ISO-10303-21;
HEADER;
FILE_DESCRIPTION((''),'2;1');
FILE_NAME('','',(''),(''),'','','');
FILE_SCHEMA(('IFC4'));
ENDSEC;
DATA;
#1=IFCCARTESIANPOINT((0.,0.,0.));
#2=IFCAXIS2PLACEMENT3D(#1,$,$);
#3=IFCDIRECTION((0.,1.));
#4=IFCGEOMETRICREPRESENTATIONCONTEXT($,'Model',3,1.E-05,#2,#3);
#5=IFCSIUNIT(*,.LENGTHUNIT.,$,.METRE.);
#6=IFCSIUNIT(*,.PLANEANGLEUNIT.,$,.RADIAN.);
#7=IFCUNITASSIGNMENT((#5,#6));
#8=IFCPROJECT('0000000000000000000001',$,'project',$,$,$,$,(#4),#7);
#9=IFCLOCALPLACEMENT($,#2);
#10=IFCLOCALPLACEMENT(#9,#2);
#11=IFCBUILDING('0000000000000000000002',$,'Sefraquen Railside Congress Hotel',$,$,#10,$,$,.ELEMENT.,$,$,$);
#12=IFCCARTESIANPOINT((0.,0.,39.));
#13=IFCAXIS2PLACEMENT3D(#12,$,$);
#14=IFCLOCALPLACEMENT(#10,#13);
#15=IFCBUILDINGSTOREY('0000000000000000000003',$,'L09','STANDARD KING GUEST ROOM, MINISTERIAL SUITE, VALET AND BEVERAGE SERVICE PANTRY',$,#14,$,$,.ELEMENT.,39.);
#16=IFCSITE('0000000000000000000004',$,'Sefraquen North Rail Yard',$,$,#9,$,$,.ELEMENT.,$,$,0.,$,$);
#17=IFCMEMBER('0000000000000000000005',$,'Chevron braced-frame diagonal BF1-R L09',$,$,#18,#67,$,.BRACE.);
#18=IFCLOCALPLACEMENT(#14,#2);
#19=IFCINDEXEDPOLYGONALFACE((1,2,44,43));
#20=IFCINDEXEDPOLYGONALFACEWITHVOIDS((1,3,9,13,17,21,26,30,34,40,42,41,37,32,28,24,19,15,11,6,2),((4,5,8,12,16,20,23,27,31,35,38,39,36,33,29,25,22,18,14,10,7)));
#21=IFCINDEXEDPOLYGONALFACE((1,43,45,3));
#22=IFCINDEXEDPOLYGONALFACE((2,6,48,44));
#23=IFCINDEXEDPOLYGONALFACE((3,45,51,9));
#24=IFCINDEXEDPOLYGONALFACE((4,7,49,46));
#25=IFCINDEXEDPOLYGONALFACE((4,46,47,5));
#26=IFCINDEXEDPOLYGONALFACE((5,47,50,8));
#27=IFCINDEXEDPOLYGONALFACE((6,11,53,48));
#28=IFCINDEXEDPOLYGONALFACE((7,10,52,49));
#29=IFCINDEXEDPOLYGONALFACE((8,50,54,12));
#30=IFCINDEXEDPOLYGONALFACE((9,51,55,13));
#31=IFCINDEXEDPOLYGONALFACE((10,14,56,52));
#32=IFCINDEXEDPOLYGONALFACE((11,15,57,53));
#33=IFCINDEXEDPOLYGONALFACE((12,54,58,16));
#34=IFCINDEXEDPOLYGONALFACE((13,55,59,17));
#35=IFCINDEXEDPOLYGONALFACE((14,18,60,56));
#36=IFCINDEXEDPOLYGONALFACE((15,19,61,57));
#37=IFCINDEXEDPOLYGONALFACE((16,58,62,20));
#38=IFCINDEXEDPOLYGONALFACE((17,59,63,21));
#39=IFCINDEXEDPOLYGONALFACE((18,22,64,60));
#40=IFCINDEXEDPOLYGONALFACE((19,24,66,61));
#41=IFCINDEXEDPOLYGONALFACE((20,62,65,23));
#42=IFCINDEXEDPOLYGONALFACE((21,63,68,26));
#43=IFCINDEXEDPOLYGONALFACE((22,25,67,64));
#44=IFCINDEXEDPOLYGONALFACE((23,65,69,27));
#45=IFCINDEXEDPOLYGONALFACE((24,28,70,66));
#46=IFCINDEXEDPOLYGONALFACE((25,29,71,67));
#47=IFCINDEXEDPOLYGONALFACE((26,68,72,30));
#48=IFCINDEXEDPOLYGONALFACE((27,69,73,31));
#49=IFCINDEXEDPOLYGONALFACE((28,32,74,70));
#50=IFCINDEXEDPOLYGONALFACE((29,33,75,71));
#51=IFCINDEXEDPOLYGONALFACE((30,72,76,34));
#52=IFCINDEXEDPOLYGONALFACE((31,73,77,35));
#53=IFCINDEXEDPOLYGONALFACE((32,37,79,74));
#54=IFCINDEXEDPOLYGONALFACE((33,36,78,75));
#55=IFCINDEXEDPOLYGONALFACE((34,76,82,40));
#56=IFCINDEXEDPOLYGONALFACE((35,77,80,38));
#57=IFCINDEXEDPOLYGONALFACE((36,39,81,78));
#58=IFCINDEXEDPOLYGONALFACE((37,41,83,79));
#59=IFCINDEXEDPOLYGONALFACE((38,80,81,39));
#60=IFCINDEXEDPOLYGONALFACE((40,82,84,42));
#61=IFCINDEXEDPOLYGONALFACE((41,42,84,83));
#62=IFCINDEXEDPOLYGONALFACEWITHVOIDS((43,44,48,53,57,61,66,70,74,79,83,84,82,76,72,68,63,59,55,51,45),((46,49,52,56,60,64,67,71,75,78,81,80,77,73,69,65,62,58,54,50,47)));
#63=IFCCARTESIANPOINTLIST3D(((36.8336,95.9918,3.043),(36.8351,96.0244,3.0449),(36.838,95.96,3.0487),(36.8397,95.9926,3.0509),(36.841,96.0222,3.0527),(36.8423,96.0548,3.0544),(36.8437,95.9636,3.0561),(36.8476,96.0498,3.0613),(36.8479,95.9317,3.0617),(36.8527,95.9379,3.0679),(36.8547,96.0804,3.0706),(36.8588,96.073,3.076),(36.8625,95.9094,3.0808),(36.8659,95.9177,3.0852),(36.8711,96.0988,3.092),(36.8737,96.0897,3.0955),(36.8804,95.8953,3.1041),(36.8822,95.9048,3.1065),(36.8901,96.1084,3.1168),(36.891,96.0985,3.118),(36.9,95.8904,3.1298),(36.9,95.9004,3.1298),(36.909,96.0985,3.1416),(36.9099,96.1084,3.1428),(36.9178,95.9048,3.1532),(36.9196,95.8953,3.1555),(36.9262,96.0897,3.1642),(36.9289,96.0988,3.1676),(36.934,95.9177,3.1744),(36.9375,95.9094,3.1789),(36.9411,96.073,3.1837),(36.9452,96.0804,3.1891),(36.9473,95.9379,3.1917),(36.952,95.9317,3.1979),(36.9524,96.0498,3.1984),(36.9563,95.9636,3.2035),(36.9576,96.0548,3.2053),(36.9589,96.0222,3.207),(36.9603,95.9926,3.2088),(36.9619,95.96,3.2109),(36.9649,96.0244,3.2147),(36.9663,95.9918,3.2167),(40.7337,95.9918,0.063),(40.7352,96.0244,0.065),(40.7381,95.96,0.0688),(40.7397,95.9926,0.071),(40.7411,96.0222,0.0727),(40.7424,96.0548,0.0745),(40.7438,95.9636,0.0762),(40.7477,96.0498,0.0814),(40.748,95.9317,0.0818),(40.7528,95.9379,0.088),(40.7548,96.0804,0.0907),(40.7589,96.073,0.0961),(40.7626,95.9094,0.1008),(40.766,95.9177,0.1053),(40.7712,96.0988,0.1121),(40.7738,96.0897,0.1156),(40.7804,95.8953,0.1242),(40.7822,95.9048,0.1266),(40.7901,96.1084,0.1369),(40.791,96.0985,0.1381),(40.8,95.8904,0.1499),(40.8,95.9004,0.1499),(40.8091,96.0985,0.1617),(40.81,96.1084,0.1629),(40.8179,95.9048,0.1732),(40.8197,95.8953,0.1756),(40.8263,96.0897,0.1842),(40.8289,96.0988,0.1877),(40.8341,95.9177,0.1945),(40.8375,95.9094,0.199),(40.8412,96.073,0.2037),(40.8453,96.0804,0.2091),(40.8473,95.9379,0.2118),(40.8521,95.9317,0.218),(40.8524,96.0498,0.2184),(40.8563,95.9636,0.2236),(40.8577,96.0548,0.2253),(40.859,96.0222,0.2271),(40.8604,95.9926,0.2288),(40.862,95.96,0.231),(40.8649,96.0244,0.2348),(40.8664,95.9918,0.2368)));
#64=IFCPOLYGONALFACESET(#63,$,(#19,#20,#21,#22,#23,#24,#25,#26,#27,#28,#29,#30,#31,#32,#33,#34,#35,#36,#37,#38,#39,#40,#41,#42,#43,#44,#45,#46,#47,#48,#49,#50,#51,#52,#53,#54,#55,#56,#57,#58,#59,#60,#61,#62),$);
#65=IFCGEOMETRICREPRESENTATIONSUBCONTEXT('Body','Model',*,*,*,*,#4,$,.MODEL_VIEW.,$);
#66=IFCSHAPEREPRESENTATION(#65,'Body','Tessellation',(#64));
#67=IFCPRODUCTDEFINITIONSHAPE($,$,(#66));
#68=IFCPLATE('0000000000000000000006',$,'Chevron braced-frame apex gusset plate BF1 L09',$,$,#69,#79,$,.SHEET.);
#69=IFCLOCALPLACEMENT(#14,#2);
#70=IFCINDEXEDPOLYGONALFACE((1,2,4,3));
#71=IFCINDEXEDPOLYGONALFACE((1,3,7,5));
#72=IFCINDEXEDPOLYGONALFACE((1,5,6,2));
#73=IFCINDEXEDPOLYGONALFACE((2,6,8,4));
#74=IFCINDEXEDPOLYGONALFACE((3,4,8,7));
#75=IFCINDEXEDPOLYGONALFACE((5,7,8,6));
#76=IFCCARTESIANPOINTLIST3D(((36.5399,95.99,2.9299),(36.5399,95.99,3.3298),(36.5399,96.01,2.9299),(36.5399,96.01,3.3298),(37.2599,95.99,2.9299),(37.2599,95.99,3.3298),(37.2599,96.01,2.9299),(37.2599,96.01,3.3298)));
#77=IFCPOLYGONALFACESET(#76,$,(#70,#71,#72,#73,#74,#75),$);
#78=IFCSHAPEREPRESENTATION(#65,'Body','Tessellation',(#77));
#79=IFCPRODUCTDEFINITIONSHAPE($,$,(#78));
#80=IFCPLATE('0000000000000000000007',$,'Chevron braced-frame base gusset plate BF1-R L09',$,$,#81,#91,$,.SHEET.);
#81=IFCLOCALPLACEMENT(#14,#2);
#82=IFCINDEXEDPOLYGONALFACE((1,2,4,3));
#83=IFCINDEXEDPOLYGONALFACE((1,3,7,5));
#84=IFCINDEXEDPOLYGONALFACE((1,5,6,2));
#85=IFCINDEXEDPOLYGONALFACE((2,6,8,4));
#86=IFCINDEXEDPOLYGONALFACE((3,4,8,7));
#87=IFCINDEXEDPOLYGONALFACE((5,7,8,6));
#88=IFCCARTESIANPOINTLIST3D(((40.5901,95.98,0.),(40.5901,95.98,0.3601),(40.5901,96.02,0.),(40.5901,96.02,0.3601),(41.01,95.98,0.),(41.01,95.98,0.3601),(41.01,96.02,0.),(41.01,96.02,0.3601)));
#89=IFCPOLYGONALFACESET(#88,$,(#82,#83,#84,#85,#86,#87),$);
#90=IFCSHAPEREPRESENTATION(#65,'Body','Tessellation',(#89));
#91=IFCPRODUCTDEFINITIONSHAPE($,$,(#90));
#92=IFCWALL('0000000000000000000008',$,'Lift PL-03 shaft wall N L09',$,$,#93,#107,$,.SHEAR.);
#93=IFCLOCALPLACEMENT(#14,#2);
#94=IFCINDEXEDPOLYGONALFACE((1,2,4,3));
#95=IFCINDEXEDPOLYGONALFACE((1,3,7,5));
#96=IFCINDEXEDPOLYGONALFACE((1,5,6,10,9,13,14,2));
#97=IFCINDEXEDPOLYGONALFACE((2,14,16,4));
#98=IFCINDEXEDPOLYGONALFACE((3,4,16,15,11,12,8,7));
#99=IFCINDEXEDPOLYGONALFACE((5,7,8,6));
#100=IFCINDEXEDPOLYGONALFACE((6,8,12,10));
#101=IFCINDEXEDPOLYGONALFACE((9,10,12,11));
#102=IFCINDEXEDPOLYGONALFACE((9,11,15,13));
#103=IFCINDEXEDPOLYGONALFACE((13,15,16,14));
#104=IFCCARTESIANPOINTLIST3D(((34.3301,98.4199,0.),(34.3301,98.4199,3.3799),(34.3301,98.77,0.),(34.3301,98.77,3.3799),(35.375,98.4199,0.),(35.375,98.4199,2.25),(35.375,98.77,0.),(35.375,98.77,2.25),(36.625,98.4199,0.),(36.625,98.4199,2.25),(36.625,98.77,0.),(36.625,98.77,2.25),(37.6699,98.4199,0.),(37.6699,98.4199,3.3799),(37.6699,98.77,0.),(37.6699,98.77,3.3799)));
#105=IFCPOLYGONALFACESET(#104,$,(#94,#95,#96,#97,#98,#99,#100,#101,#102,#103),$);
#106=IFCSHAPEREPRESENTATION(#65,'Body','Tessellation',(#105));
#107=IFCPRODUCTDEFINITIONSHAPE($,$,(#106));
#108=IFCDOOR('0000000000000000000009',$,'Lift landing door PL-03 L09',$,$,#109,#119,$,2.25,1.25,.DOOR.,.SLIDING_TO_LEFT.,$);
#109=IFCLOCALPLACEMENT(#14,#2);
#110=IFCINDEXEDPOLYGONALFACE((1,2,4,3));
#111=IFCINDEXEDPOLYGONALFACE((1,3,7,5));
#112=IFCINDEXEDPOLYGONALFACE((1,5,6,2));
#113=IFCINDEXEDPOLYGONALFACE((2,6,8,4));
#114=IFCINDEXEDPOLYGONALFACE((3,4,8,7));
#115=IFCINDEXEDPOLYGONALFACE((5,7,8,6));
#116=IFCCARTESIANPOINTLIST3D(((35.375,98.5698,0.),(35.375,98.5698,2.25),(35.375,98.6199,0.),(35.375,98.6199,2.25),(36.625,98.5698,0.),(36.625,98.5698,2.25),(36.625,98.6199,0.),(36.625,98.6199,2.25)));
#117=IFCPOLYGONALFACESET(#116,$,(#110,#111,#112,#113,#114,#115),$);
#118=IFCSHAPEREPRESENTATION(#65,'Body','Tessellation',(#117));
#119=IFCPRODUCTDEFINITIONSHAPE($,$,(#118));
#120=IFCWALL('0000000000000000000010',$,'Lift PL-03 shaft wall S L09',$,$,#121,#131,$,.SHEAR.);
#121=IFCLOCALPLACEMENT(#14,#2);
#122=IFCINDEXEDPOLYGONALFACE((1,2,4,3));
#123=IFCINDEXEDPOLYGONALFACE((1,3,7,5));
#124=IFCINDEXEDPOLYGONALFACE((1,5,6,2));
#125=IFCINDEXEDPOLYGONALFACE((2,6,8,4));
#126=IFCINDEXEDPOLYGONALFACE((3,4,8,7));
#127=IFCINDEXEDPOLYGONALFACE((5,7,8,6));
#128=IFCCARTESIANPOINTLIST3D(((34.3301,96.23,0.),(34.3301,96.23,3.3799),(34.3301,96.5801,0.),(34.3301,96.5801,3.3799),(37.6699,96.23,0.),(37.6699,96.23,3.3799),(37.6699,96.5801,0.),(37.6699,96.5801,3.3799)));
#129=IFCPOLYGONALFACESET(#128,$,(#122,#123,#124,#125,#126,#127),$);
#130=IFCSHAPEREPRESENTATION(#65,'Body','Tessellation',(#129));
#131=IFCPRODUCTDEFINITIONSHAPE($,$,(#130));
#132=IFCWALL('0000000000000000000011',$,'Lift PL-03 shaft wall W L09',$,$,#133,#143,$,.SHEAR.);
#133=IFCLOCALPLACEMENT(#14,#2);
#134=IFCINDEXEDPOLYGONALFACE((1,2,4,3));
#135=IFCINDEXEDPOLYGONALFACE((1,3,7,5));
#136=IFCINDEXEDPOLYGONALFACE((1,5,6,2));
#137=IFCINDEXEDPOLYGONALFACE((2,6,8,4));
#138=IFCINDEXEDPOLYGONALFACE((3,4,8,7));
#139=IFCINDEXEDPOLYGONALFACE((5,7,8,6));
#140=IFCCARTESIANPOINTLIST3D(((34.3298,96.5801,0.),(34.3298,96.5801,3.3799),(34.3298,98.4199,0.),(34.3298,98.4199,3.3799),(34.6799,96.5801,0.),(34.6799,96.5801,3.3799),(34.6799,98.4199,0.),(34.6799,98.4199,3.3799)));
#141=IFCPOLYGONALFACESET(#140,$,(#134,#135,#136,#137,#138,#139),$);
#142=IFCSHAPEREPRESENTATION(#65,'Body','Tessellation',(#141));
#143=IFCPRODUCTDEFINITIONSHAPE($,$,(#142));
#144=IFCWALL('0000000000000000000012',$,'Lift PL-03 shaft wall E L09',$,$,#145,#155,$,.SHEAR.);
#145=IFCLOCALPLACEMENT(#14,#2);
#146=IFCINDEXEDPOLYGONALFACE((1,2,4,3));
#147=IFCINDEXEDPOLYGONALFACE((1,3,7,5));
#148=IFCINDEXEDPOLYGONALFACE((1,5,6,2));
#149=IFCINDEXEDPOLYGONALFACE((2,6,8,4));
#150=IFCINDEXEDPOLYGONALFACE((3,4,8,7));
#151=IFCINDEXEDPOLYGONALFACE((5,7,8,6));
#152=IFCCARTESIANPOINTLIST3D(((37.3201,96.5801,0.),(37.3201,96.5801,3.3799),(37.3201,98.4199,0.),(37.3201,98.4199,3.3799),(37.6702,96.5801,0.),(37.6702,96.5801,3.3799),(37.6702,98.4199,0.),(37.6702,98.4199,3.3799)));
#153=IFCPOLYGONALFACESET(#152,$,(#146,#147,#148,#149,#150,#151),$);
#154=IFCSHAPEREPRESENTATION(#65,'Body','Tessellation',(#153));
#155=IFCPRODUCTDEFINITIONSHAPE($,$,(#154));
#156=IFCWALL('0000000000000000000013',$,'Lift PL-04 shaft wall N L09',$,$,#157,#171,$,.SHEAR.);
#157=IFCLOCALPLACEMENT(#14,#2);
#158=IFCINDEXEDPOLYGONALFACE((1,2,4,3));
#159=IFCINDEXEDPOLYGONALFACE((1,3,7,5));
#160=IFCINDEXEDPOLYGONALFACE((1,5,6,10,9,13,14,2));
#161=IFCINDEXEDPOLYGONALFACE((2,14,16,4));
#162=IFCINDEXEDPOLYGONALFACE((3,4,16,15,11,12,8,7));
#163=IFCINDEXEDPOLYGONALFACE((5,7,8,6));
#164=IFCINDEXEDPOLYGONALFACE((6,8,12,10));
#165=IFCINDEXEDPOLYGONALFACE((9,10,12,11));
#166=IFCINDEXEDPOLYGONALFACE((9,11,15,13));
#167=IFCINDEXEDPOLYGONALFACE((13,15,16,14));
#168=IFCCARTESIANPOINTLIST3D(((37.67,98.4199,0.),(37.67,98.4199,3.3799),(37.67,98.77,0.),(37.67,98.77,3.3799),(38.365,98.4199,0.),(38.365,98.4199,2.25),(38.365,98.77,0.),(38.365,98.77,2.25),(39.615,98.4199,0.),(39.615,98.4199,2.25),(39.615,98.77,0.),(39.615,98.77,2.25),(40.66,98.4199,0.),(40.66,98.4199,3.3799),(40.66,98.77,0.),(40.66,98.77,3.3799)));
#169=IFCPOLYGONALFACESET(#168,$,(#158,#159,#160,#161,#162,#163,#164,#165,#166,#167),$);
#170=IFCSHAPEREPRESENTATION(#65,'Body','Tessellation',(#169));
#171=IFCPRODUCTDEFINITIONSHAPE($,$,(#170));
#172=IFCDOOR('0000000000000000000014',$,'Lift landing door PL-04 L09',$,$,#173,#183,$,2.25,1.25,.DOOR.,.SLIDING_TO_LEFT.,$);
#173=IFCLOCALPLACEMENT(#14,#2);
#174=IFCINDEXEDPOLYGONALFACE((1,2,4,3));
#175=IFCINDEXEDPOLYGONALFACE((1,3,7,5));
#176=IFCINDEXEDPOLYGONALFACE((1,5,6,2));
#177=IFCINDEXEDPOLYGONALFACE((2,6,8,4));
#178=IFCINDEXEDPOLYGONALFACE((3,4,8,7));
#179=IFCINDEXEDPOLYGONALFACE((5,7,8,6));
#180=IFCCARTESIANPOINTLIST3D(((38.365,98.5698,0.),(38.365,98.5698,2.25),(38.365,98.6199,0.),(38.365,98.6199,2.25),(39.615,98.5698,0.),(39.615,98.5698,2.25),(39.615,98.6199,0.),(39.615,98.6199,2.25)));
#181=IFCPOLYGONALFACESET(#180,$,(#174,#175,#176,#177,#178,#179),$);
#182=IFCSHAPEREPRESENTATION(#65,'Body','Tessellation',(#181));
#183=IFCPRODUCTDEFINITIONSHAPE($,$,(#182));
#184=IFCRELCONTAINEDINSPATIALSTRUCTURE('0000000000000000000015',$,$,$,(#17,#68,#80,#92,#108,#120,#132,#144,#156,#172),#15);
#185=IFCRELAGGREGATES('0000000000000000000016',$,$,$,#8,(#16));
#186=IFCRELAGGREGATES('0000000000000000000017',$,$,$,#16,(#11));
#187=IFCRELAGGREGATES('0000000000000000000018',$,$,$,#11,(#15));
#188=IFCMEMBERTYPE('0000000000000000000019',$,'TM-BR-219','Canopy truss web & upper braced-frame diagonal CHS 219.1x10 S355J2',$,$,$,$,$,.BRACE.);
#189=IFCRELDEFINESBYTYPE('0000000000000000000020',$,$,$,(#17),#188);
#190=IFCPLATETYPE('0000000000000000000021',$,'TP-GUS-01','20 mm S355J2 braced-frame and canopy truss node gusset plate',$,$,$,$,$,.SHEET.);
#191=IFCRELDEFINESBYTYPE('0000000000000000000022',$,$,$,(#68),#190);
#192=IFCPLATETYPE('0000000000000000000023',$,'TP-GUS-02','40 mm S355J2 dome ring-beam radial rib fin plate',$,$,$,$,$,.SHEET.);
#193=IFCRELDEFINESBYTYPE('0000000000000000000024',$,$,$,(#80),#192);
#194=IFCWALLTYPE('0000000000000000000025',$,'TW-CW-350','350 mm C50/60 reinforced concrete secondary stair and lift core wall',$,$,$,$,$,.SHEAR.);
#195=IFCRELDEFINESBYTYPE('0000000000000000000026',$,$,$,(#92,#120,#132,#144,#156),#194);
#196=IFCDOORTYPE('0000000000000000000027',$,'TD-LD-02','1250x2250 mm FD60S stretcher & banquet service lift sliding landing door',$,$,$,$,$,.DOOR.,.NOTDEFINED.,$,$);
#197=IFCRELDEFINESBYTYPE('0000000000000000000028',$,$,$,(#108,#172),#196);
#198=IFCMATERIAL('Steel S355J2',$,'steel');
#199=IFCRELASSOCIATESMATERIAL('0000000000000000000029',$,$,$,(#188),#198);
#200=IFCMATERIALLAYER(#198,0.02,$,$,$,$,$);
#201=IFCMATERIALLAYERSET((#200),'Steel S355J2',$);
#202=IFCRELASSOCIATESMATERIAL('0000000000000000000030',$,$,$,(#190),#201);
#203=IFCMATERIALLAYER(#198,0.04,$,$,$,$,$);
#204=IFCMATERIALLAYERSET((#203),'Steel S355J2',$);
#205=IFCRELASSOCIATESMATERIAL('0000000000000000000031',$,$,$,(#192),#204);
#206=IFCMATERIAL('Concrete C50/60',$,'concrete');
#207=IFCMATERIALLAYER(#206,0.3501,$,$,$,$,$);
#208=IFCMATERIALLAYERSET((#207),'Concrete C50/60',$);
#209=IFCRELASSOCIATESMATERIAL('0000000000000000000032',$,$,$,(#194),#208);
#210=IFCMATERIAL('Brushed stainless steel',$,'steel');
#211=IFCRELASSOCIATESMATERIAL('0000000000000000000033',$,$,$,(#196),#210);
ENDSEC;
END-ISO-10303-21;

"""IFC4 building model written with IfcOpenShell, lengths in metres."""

from ifc_helpers import new_model, si_unit, direction, frame, frame_2d, origin, origin_2d, place, context, subcontext, project, spatial, rectangle, hollow_circle, extrude, material, layer, layer_set, material_profile, profile_set, type_object, element, fill, save


model = new_model("IFC4")

# Units and contexts
model_context = context("Model", 3, precision=1e-05, world=origin(), true_north=direction((0.0, 1.0)))
body_context = subcontext(model_context, "Body", "Model", "MODEL_VIEW")
ifc_project = project(units=[si_unit("LENGTHUNIT", "METRE"), si_unit("PLANEANGLEUNIT", "RADIAN")], contexts=[model_context])

# Site, building, storey
site_placement = place(None, origin())
site = spatial("IfcSite", under=ifc_project, at=site_placement, Name="Sefraquen North Rail Yard", CompositionType="ELEMENT", RefElevation=0.0)
building_placement = place(site_placement, origin())
building = spatial("IfcBuilding", under=site, at=building_placement, Name="Sefraquen Railside Congress Hotel", CompositionType="ELEMENT")
storey_placement = place(building_placement, frame((0.0, 0.0, 39.0)))
storey = spatial("IfcBuildingStorey", under=building, at=storey_placement, Name="L09", Description="STANDARD KING GUEST ROOM, MINISTERIAL SUITE, VALET AND BEVERAGE SERVICE PANTRY", CompositionType="ELEMENT", Elevation=39.0)

# Member
ifc_material_1 = material(Name="Steel S355J2", Category="steel")
ifc_material_profile_1 = material_profile(ifc_material_1, hollow_circle(Radius=0.1096, WallThickness=0.01, at=origin_2d()), Name="CHS 219.1x10")
ifc_profile_set_1 = profile_set([ifc_material_profile_1], Name="Steel S355J2")
member_type = type_object("IfcMemberType", Name="TM-BR-219", Description="Canopy truss web & upper braced-frame diagonal CHS 219.1x10 S355J2", PredefinedType="BRACE", material=ifc_profile_set_1)
member_placement = place(storey_placement, frame((40.8, 96.0, 0.1499), z_axis=(-0.794602, 0.0, 0.607131), x_axis=(0.0, -1.0, 0.0)))
element("IfcMember", 1, at=member_placement, inside=storey, type_object=member_type, Name="Chevron braced-frame diagonal BF1-R L09", PredefinedType="BRACE", context=body_context, shape_type="SweptSolid", body=[
    extrude(hollow_circle(Radius=0.1096, WallThickness=0.01, at=origin_2d()), origin(), (0.0, 0.0, 1.0), 4.9082),
])

# Plates
ifc_layer_1 = layer(ifc_material_1, 0.02)
ifc_layer_set_1 = layer_set([ifc_layer_1], Name="Steel S355J2")
plate_type_1 = type_object("IfcPlateType", Name="TP-GUS-01", Description="20 mm S355J2 braced-frame and canopy truss node gusset plate", PredefinedType="SHEET", material=ifc_layer_set_1)
plate_1_placement = place(storey_placement, frame((36.8999, 96.0, 2.9299), z_axis=(0.0, 0.0, 1.0), x_axis=(1.0, 0.0, 0.0)))
element("IfcPlate", 2, at=plate_1_placement, inside=storey, type_object=plate_type_1, Name="Chevron braced-frame apex gusset plate BF1 L09", PredefinedType="SHEET", context=body_context, shape_type="SweptSolid", body=[
    extrude(rectangle(XDim=0.72, YDim=0.02, at=origin_2d()), origin(), (0.0, 0.0, 1.0), 0.3999),
])
ifc_layer_2 = layer(ifc_material_1, 0.04)
ifc_layer_set_2 = layer_set([ifc_layer_2], Name="Steel S355J2")
plate_type_2 = type_object("IfcPlateType", Name="TP-GUS-02", Description="40 mm S355J2 dome ring-beam radial rib fin plate", PredefinedType="SHEET", material=ifc_layer_set_2)
plate_2_placement = place(storey_placement, frame((40.8, 96.0, 0.0), z_axis=(0.0, 0.0, 1.0), x_axis=(1.0, 0.0, 0.0)))
element("IfcPlate", 3, at=plate_2_placement, inside=storey, type_object=plate_type_2, Name="Chevron braced-frame base gusset plate BF1-R L09", PredefinedType="SHEET", context=body_context, shape_type="SweptSolid", body=[
    extrude(rectangle(XDim=0.4199, YDim=0.04, at=origin_2d()), origin(), (0.0, 0.0, 1.0), 0.3601),
])

# Wall, opening, door
ifc_material_2 = material(Name="Concrete C50/60", Category="concrete")
ifc_layer_3 = layer(ifc_material_2, 0.3501)
ifc_layer_set_3 = layer_set([ifc_layer_3], Name="Concrete C50/60")
wall_type_1 = type_object("IfcWallType", Name="TW-CW-350", Description="350 mm C50/60 reinforced concrete secondary stair and lift core wall", PredefinedType="SHEAR", material=ifc_layer_set_3)
wall_1_placement = place(storey_placement, frame((34.3301, 98.595, 0.0), z_axis=(0.0, 0.0, 1.0), x_axis=(1.0, 0.0, 0.0)))
wall_1 = element("IfcWall", 4, at=wall_1_placement, inside=storey, type_object=wall_type_1, Name="Lift PL-03 shaft wall N L09", PredefinedType="SHEAR", context=body_context, shape_type="SweptSolid", body=[
    extrude(rectangle(XDim=3.3398, YDim=0.3501, at=frame_2d((1.6699, 0.0))), origin(), (0.0, 0.0, 1.0), 3.3799),
])
opening_1_placement = place(wall_1_placement, frame((1.0449, 0.0, 0.0)))
opening_1 = element("IfcOpeningElement", 5, at=opening_1_placement, cuts=wall_1, PredefinedType="OPENING", context=body_context, shape_type="SweptSolid", body=[
    extrude(rectangle(XDim=1.25, YDim=2.25, at=frame_2d((0.625, 1.125))), frame((0.0, 0.1851, 0.0), z_axis=(0.0, -1.0, 0.0), x_axis=(1.0, 0.0, 0.0)), (0.0, 0.0, 1.0), 0.3701),
])
ifc_material_3 = material(Name="Brushed stainless steel", Category="steel")
door_type = type_object("IfcDoorType", Name="TD-LD-02", Description="1250x2250 mm FD60S stretcher & banquet service lift sliding landing door", OperationType="NOTDEFINED", PredefinedType="DOOR", material=ifc_material_3)
door_1_placement = place(opening_1_placement, origin())
door_1 = element("IfcDoor", 6, at=door_1_placement, inside=storey, type_object=door_type, Name="Lift landing door PL-03 L09", OperationType="SLIDING_TO_LEFT", OverallHeight=2.25, OverallWidth=1.25, PredefinedType="DOOR", context=body_context, shape_type="SweptSolid", body=[
    extrude(rectangle(XDim=1.25, YDim=2.25, at=frame_2d((0.625, 1.125))), frame((0.0, 0.0249, 0.0), z_axis=(0.0, -1.0, 0.0), x_axis=(1.0, 0.0, 0.0)), (0.0, 0.0, 1.0), 0.05),
])
fill(opening_1, door_1)

# Walls
wall_2_placement = place(storey_placement, frame((34.3301, 96.405, 0.0), z_axis=(0.0, 0.0, 1.0), x_axis=(1.0, 0.0, 0.0)))
element("IfcWall", 7, at=wall_2_placement, inside=storey, type_object=wall_type_1, Name="Lift PL-03 shaft wall S L09", PredefinedType="SHEAR", context=body_context, shape_type="SweptSolid", body=[
    extrude(rectangle(XDim=3.3398, YDim=0.3501, at=frame_2d((1.6699, 0.0))), origin(), (0.0, 0.0, 1.0), 3.3799),
])
for number, where, z_axis, x_axis, name in (
    (8, (34.5049, 96.5801, 0.0), (0.0, 0.0, 1.0), (0.0, 1.0, 0.0), "Lift PL-03 shaft wall W L09"),
    (9, (37.4951, 96.5801, 0.0), (0.0, 0.0, 1.0), (0.0, 1.0, 0.0), "Lift PL-03 shaft wall E L09"),
):
    element("IfcWall", number, at=place(storey_placement, frame(where, z_axis=z_axis, x_axis=x_axis)), inside=storey, type_object=wall_type_1, Name=name, PredefinedType="SHEAR", context=body_context, shape_type="SweptSolid", body=[
        extrude(rectangle(XDim=1.8398, YDim=0.3501, at=frame_2d((0.9199, 0.0))), origin(), (0.0, 0.0, 1.0), 3.3799),
    ])

# Wall, opening, door
wall_3_placement = place(storey_placement, frame((37.6699, 98.595, 0.0), z_axis=(0.0, 0.0, 1.0), x_axis=(1.0, 0.0, 0.0)))
wall_3 = element("IfcWall", 10, at=wall_3_placement, inside=storey, type_object=wall_type_1, Name="Lift PL-04 shaft wall N L09", PredefinedType="SHEAR", context=body_context, shape_type="SweptSolid", body=[
    extrude(rectangle(XDim=2.99, YDim=0.3501, at=frame_2d((1.4951, 0.0))), origin(), (0.0, 0.0, 1.0), 3.3799),
])
opening_2_placement = place(wall_3_placement, frame((0.6951, 0.0, 0.0)))
opening_2 = element("IfcOpeningElement", 11, at=opening_2_placement, cuts=wall_3, PredefinedType="OPENING", context=body_context, shape_type="SweptSolid", body=[
    extrude(rectangle(XDim=1.25, YDim=2.25, at=frame_2d((0.625, 1.125))), frame((0.0, 0.1851, 0.0), z_axis=(0.0, -1.0, 0.0), x_axis=(1.0, 0.0, 0.0)), (0.0, 0.0, 1.0), 0.3701),
])
door_2_placement = place(opening_2_placement, origin())
door_2 = element("IfcDoor", 12, at=door_2_placement, inside=storey, type_object=door_type, Name="Lift landing door PL-04 L09", OperationType="SLIDING_TO_LEFT", OverallHeight=2.25, OverallWidth=1.25, PredefinedType="DOOR", context=body_context, shape_type="SweptSolid", body=[
    extrude(rectangle(XDim=1.25, YDim=2.25, at=frame_2d((0.625, 1.125))), frame((0.0, 0.0249, 0.0), z_axis=(0.0, -1.0, 0.0), x_axis=(1.0, 0.0, 0.0)), (0.0, 0.0, 1.0), 0.05),
])
fill(opening_2, door_2)

save(model, "model.ifc")
